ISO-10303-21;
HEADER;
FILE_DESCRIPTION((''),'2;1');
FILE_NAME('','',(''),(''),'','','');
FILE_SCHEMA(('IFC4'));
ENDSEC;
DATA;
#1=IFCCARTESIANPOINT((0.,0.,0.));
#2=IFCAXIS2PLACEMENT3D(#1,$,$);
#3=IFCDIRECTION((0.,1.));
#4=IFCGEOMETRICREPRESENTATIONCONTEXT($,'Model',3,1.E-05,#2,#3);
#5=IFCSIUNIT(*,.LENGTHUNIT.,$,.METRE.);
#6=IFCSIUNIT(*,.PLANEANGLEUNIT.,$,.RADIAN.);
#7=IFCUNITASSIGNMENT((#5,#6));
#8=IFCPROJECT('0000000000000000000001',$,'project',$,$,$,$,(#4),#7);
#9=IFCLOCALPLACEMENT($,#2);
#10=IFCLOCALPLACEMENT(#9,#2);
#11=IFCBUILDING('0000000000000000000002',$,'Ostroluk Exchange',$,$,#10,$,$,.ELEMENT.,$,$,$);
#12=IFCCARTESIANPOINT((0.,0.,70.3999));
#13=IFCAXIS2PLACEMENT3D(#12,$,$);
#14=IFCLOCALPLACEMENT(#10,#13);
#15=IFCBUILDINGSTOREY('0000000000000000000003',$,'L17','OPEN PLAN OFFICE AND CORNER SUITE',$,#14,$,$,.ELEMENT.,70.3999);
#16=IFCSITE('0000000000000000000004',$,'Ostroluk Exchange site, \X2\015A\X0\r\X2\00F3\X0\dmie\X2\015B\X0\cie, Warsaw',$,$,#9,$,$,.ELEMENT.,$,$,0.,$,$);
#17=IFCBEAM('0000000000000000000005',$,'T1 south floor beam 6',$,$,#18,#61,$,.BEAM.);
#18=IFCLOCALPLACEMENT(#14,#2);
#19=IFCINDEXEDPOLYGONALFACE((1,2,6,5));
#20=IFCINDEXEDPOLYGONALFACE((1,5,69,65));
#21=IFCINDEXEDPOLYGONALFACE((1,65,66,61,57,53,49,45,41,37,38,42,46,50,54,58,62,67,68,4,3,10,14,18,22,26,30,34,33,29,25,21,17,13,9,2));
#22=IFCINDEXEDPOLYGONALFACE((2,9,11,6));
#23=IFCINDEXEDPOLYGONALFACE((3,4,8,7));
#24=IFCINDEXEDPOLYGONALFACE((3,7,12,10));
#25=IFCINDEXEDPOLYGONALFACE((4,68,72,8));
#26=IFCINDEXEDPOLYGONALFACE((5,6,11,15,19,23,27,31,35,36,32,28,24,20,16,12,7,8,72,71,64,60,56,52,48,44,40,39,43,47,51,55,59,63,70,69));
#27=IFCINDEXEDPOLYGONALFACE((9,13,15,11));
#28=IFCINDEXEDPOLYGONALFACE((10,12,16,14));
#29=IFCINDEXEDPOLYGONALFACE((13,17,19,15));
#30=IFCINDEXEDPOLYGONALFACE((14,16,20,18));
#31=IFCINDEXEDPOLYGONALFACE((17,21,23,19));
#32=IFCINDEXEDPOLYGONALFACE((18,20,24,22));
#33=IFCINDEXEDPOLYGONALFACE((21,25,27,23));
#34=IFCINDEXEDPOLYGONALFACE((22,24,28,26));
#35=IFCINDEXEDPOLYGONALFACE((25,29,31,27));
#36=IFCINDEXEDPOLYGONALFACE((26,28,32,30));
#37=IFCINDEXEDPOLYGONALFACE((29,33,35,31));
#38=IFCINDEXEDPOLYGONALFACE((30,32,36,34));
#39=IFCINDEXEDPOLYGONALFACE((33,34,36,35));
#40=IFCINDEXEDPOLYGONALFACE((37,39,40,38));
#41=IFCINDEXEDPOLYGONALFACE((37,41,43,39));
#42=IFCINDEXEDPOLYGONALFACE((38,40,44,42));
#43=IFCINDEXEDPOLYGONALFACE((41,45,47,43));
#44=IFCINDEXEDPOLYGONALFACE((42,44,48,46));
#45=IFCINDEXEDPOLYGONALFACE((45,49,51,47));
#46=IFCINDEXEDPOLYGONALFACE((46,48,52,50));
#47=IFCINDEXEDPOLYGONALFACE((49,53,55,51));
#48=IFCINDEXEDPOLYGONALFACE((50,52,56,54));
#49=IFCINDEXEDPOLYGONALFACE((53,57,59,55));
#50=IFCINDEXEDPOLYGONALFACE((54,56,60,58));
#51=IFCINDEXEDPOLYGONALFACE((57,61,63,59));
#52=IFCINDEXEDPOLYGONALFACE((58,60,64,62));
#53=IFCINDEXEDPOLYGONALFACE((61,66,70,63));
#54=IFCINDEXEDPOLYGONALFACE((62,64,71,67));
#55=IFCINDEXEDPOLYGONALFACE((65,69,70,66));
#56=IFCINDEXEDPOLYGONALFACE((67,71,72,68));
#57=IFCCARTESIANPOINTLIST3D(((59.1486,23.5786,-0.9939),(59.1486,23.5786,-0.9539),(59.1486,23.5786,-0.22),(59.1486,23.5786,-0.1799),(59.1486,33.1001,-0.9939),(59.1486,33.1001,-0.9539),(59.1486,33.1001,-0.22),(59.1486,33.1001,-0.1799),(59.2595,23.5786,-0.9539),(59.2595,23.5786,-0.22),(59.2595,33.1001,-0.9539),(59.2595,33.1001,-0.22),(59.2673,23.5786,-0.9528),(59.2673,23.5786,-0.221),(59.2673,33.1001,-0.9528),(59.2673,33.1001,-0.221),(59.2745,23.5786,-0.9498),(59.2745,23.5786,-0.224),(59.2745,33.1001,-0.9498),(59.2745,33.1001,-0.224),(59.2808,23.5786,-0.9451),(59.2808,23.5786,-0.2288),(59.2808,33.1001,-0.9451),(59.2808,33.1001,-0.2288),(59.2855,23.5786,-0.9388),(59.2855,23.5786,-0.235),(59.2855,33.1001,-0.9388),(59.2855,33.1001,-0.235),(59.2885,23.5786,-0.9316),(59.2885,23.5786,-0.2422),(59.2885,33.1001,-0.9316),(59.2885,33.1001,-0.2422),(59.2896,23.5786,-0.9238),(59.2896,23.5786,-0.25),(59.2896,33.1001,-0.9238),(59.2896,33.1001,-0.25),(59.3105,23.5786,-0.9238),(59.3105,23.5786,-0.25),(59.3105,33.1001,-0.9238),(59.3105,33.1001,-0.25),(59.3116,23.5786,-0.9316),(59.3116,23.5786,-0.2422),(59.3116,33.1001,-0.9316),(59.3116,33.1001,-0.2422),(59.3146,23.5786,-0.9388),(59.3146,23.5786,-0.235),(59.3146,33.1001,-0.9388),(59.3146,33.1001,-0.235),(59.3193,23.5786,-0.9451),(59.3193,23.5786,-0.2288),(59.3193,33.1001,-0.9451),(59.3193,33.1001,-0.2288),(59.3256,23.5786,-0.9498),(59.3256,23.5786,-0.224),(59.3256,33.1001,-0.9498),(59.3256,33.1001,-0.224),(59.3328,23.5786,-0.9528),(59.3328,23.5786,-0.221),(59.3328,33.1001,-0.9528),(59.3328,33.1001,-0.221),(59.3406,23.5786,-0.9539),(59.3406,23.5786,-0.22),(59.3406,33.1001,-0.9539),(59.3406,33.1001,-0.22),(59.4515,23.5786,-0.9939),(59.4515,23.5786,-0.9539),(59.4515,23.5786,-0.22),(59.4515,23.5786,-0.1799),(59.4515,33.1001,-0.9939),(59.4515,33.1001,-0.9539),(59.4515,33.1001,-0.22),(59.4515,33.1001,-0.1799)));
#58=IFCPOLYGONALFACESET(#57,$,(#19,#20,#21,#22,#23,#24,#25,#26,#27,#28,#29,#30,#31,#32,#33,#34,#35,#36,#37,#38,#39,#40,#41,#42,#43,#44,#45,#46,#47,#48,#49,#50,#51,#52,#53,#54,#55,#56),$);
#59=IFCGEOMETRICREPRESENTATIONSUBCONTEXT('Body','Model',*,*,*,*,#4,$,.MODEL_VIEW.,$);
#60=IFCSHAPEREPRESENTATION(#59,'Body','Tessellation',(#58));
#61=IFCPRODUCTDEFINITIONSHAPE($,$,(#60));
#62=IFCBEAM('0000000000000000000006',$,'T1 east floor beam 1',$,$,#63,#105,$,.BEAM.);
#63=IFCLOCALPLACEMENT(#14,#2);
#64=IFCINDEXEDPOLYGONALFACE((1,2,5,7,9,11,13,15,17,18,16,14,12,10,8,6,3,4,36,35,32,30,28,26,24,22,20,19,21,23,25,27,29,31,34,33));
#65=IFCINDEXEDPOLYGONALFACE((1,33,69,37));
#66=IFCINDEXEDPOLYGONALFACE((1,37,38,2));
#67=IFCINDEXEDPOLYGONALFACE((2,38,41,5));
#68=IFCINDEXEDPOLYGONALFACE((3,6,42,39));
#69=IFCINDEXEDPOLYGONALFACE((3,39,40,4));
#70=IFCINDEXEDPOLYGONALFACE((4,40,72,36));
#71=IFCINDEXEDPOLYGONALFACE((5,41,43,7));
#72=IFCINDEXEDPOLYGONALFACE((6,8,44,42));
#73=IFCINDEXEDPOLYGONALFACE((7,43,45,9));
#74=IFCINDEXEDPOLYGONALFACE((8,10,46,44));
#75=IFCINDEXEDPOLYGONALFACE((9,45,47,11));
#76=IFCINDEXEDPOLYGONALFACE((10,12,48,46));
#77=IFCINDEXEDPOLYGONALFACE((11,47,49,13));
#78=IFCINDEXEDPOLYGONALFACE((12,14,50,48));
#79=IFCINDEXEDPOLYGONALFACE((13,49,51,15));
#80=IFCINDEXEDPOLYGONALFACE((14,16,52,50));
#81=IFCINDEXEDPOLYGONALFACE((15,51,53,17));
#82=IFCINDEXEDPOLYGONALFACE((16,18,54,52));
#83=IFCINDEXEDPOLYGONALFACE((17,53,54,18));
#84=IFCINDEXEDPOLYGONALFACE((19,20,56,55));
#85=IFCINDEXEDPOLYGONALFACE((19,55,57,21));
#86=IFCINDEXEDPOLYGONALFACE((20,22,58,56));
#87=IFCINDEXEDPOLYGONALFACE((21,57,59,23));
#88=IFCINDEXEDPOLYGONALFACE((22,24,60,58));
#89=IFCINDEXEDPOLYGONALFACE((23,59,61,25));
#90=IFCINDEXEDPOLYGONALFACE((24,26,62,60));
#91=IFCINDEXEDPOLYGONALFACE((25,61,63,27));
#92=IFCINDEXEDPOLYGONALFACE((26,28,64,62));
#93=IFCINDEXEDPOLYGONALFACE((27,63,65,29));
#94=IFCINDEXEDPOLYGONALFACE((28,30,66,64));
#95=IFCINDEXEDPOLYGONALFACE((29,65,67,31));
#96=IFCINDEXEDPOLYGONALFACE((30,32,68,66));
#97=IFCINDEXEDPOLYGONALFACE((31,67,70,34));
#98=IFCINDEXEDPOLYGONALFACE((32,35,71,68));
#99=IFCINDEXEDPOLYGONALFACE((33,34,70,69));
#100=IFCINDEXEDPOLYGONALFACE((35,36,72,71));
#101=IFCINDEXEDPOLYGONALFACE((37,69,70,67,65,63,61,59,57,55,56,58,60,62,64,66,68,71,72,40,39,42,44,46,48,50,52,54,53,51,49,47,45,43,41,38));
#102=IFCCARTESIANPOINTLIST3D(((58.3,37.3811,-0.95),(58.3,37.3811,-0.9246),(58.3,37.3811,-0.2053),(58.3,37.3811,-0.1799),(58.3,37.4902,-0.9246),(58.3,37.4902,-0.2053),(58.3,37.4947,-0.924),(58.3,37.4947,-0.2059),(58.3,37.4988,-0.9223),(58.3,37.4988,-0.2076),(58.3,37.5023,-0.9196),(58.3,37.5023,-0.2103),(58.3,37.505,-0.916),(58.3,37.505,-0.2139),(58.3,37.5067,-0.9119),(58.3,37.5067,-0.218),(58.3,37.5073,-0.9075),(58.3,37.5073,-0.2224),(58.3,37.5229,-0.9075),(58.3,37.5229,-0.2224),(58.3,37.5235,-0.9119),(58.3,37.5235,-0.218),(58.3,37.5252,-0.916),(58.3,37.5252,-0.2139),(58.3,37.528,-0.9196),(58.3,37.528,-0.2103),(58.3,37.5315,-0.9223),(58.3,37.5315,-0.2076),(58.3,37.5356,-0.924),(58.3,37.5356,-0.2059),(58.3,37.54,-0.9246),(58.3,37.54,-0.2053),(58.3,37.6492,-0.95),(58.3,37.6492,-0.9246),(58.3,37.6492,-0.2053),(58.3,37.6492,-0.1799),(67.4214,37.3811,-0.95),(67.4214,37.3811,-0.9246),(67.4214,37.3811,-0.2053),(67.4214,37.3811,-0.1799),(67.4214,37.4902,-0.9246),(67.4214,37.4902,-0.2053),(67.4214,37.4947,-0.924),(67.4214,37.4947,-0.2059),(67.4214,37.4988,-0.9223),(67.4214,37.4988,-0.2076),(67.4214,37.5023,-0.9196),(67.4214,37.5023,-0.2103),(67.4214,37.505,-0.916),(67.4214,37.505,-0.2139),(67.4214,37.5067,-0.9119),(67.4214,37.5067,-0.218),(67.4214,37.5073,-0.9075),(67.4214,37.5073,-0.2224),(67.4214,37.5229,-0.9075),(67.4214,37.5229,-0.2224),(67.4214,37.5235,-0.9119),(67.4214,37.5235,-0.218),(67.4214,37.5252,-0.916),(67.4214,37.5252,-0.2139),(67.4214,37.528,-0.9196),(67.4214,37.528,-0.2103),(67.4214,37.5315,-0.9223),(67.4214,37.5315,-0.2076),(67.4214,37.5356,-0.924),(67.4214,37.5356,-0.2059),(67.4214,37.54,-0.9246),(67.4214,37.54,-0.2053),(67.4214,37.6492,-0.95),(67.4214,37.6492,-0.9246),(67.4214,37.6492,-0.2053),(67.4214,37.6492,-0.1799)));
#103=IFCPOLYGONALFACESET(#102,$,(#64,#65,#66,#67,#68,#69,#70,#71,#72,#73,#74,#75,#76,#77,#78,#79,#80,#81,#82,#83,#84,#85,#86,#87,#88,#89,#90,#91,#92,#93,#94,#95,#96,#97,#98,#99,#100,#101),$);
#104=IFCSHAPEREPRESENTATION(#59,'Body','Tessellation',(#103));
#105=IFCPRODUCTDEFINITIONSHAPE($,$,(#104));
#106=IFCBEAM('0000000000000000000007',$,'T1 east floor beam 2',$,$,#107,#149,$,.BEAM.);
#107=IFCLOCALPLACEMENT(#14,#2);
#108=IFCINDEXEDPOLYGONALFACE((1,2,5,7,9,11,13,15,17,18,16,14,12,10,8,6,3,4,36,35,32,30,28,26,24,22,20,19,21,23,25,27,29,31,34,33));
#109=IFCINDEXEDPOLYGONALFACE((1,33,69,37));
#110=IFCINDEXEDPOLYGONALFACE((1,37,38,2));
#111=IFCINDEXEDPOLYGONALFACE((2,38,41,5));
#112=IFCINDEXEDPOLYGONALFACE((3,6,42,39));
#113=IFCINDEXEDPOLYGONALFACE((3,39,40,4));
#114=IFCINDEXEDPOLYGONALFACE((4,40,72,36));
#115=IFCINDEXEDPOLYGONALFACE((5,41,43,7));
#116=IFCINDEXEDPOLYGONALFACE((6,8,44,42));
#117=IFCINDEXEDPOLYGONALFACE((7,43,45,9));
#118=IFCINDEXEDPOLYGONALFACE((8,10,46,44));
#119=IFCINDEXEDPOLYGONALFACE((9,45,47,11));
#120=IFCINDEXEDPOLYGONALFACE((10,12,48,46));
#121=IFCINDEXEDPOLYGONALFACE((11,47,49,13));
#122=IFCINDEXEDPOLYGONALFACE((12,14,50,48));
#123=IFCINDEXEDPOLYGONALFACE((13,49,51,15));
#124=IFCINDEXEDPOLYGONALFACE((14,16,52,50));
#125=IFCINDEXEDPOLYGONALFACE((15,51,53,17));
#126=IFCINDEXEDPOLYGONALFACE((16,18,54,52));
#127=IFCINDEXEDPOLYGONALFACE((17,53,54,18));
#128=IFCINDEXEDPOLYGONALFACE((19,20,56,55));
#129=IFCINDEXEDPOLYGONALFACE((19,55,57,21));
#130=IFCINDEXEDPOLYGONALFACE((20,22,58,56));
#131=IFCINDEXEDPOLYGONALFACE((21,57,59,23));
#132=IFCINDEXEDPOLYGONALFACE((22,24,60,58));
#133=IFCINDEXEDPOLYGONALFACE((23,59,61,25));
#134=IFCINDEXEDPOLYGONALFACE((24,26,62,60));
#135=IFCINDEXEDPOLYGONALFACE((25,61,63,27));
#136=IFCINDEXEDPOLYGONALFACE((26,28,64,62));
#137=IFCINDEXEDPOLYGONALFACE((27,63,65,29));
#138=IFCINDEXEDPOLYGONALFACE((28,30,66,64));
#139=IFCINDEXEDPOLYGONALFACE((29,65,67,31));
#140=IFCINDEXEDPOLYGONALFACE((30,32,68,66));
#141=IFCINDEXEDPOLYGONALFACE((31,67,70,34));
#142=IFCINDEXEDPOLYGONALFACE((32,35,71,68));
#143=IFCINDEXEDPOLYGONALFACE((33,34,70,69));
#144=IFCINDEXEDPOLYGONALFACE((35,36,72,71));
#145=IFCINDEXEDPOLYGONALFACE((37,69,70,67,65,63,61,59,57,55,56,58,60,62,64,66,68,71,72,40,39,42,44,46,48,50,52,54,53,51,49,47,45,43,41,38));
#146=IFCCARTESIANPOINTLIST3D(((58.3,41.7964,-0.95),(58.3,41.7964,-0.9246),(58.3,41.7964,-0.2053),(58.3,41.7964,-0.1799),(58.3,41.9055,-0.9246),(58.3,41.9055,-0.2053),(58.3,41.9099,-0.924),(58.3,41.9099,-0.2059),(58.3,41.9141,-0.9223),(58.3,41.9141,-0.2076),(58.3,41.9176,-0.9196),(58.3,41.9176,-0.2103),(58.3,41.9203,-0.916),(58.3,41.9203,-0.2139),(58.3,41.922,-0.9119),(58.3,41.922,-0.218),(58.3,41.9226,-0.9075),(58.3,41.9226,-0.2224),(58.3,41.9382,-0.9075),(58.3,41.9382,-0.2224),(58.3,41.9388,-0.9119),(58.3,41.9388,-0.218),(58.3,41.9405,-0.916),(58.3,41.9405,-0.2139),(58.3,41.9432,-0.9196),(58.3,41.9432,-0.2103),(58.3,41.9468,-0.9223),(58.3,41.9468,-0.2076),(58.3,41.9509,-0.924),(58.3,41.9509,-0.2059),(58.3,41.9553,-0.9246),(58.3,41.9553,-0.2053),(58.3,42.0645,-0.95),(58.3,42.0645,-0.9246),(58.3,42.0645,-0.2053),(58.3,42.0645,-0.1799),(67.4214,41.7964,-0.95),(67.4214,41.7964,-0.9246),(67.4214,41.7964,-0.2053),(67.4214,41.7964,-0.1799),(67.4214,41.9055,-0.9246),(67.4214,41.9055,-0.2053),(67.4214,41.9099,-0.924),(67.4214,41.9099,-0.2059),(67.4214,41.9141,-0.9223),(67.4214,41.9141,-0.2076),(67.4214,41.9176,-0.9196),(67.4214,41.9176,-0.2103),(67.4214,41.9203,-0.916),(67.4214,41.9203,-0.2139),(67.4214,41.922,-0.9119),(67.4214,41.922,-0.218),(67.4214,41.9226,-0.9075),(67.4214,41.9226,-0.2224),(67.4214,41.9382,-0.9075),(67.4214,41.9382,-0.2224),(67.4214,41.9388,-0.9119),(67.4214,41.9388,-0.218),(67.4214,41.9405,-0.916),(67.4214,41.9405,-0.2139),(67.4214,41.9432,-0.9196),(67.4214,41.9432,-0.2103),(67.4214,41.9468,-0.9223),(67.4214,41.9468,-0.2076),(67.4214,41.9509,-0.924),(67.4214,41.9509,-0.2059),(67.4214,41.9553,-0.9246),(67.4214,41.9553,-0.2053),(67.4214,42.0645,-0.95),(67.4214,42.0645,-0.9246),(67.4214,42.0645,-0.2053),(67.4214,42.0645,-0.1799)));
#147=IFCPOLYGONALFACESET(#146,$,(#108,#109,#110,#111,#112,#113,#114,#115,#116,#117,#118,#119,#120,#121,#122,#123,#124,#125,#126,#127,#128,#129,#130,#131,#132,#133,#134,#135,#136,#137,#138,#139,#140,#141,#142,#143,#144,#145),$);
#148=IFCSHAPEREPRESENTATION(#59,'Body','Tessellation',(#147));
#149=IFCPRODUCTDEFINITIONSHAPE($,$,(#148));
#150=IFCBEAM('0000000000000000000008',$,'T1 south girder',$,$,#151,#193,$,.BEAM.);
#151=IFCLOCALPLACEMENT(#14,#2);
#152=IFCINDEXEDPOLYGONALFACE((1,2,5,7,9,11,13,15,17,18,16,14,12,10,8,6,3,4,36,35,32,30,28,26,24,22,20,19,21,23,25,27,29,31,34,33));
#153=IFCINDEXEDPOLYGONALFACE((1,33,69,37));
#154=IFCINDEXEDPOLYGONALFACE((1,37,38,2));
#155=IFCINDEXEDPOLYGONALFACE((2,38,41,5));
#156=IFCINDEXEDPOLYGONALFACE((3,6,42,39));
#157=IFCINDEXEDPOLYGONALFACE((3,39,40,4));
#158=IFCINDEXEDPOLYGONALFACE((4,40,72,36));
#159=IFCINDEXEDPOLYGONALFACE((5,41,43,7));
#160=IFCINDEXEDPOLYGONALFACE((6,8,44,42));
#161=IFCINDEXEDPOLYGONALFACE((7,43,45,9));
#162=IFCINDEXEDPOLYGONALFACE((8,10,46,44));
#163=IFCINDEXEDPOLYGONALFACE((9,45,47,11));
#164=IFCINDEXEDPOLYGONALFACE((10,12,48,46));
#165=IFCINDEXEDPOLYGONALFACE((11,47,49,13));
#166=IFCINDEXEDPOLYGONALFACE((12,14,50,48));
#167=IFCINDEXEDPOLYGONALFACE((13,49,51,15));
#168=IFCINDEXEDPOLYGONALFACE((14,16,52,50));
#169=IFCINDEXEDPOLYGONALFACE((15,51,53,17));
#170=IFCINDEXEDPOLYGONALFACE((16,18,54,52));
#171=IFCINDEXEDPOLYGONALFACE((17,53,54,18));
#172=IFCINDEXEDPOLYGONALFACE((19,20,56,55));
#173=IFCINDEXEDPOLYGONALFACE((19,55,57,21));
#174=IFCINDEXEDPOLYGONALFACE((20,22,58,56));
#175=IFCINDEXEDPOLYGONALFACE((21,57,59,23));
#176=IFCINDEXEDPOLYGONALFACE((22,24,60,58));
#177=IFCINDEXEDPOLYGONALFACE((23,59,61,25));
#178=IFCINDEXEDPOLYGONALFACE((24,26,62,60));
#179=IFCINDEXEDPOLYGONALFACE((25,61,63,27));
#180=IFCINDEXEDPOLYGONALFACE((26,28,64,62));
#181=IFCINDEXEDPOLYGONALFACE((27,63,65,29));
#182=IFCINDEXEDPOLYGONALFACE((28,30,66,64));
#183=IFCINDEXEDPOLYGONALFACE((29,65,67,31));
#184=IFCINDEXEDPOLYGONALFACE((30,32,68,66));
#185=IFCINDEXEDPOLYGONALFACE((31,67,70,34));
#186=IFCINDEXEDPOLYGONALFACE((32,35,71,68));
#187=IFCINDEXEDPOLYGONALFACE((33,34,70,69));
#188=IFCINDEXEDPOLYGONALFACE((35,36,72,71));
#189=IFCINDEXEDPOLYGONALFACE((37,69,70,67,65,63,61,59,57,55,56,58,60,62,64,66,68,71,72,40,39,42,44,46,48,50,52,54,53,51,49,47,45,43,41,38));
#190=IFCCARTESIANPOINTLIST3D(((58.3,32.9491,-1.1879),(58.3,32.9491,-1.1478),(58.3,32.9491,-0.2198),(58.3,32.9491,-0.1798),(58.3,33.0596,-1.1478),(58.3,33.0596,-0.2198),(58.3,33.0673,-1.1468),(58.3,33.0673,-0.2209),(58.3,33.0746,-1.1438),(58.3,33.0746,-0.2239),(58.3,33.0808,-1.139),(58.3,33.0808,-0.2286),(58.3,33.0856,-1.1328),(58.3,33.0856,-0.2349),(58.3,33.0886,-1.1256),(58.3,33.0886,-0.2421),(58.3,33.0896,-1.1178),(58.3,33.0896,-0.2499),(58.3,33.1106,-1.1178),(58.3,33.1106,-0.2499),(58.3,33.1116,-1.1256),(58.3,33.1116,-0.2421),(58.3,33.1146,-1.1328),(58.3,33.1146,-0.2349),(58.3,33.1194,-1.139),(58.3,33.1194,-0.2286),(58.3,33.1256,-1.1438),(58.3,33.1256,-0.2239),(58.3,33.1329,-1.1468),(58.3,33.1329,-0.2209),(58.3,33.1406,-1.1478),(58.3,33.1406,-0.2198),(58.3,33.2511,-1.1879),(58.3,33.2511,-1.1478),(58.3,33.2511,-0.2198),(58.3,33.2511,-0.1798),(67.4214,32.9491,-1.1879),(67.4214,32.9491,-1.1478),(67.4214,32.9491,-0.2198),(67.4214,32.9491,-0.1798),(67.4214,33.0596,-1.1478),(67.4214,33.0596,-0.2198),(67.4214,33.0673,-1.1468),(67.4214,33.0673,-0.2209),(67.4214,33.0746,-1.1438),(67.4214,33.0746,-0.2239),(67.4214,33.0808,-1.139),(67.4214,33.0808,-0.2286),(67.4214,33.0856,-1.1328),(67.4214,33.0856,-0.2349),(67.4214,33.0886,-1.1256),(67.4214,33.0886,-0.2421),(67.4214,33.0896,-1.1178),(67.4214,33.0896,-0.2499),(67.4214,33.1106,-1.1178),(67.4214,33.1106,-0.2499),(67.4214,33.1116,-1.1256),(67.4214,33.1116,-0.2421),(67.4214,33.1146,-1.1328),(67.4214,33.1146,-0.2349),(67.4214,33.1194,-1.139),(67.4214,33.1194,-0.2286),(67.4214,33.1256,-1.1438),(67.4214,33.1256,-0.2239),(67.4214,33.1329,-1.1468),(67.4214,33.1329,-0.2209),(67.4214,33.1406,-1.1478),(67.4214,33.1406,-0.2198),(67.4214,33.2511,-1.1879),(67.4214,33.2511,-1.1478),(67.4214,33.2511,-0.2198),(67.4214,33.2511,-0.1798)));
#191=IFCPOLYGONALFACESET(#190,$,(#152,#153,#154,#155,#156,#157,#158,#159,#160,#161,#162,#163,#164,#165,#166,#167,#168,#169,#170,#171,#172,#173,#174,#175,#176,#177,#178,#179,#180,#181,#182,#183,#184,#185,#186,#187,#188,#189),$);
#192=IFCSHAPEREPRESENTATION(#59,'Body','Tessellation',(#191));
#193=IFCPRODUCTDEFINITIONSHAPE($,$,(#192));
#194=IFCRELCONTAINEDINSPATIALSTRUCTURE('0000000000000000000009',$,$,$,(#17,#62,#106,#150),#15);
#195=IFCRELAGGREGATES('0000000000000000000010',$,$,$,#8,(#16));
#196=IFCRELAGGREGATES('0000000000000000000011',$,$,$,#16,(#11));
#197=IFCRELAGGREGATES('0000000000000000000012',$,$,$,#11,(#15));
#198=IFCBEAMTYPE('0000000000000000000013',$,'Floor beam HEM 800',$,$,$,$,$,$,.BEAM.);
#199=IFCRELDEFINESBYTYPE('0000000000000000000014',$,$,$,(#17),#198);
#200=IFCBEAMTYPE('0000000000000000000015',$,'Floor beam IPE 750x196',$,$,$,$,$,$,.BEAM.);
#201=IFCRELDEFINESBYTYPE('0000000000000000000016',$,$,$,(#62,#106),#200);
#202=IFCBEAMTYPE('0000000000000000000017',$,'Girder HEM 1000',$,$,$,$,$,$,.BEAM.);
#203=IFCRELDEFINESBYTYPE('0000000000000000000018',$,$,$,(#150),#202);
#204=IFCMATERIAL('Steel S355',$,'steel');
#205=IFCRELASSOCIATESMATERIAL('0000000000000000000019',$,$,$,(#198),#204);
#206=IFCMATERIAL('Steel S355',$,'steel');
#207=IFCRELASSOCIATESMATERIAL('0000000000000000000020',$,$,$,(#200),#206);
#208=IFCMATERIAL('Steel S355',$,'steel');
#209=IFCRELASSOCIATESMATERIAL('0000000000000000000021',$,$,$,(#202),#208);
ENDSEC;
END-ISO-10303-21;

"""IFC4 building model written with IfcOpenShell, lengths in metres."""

from ifc_helpers import new_model, si_unit, direction, frame, origin, origin_2d, place, context, subcontext, project, spatial, i_section, extrude, material, material_profile, profile_set, type_object, element, save


model = new_model("IFC4")

# Units and contexts
model_context = context("Model", 3, precision=1e-05, world=origin(), true_north=direction((0.0, 1.0)))
body_context = subcontext(model_context, "Body", "Model", "MODEL_VIEW")
ifc_project = project(units=[si_unit("LENGTHUNIT", "METRE"), si_unit("PLANEANGLEUNIT", "RADIAN")], contexts=[model_context])

# Site, building, storey
site_placement = place(None, origin())
site = spatial("IfcSite", under=ifc_project, at=site_placement, Name="Ostroluk Exchange site, Śródmieście, Warsaw", CompositionType="ELEMENT", RefElevation=0.0)
building_placement = place(site_placement, origin())
building = spatial("IfcBuilding", under=site, at=building_placement, Name="Ostroluk Exchange", CompositionType="ELEMENT")
storey_placement = place(building_placement, frame((0.0, 0.0, 70.3999)))
storey = spatial("IfcBuildingStorey", under=building, at=storey_placement, Name="L17", Description="OPEN PLAN OFFICE AND CORNER SUITE", CompositionType="ELEMENT", Elevation=70.3999)

# Beams
ifc_material_1 = material(Name="Steel S355", Category="steel")
ifc_material_profile_1 = material_profile(ifc_material_1, i_section(OverallWidth=0.303, OverallDepth=0.814, WebThickness=0.021, FlangeThickness=0.04, FilletRadius=0.03, at=origin_2d()), Name="HEM 800")
ifc_profile_set_1 = profile_set([ifc_material_profile_1], Name="Steel S355")
beam_type_1 = type_object("IfcBeamType", Name="Floor beam HEM 800", PredefinedType="BEAM", material=ifc_profile_set_1)
beam_1_placement = place(storey_placement, frame((59.3, 33.1001, -0.5869), z_axis=(0.0, -1.0, 0.0), x_axis=(1.0, 0.0, 0.0)))
element("IfcBeam", 1, at=beam_1_placement, inside=storey, type_object=beam_type_1, Name="T1 south floor beam 6", PredefinedType="BEAM", context=body_context, shape_type="SweptSolid", body=[
    extrude(i_section(OverallWidth=0.303, OverallDepth=0.814, WebThickness=0.021, FlangeThickness=0.04, FilletRadius=0.03, at=origin_2d()), origin(), (0.0, 0.0, 1.0), 9.5215),
])
ifc_material_2 = material(Name="Steel S355", Category="steel")
ifc_material_profile_2 = material_profile(ifc_material_2, i_section(OverallWidth=0.2681, OverallDepth=0.77, WebThickness=0.0156, FlangeThickness=0.0254, FilletRadius=0.0171, at=origin_2d()), Name="IPE 750x196")
ifc_profile_set_2 = profile_set([ifc_material_profile_2], Name="Steel S355")
beam_type_2 = type_object("IfcBeamType", Name="Floor beam IPE 750x196", PredefinedType="BEAM", material=ifc_profile_set_2)
for number, where, z_axis, x_axis, name in (
    (2, (58.3, 37.5151, -0.5649), (1.0, 0.0, 0.0), (0.0, 1.0, 0.0), "T1 east floor beam 1"),
    (3, (58.3, 41.9304, -0.5649), (1.0, 0.0, 0.0), (0.0, 1.0, 0.0), "T1 east floor beam 2"),
):
    element("IfcBeam", number, at=place(storey_placement, frame(where, z_axis=z_axis, x_axis=x_axis)), inside=storey, type_object=beam_type_2, Name=name, PredefinedType="BEAM", context=body_context, shape_type="SweptSolid", body=[
        extrude(i_section(OverallWidth=0.2681, OverallDepth=0.77, WebThickness=0.0156, FlangeThickness=0.0254, FilletRadius=0.0171, at=origin_2d()), origin(), (0.0, 0.0, 1.0), 9.1213),
    ])
ifc_material_3 = material(Name="Steel S355", Category="steel")
ifc_material_profile_3 = material_profile(ifc_material_3, i_section(OverallWidth=0.302, OverallDepth=1.0081, WebThickness=0.021, FlangeThickness=0.04, FilletRadius=0.03, at=origin_2d()), Name="HEM 1000")
ifc_profile_set_3 = profile_set([ifc_material_profile_3], Name="Steel S355")
beam_type_3 = type_object("IfcBeamType", Name="Girder HEM 1000", PredefinedType="BEAM", material=ifc_profile_set_3)
beam_2_placement = place(storey_placement, frame((58.3, 33.1001, -0.6838), z_axis=(1.0, 0.0, 0.0), x_axis=(0.0, 1.0, 0.0)))
element("IfcBeam", 4, at=beam_2_placement, inside=storey, type_object=beam_type_3, Name="T1 south girder", PredefinedType="BEAM", context=body_context, shape_type="SweptSolid", body=[
    extrude(i_section(OverallWidth=0.302, OverallDepth=1.0081, WebThickness=0.021, FlangeThickness=0.04, FilletRadius=0.03, at=origin_2d()), origin(), (0.0, 0.0, 1.0), 9.1213),
])

save(model, "model.ifc")
